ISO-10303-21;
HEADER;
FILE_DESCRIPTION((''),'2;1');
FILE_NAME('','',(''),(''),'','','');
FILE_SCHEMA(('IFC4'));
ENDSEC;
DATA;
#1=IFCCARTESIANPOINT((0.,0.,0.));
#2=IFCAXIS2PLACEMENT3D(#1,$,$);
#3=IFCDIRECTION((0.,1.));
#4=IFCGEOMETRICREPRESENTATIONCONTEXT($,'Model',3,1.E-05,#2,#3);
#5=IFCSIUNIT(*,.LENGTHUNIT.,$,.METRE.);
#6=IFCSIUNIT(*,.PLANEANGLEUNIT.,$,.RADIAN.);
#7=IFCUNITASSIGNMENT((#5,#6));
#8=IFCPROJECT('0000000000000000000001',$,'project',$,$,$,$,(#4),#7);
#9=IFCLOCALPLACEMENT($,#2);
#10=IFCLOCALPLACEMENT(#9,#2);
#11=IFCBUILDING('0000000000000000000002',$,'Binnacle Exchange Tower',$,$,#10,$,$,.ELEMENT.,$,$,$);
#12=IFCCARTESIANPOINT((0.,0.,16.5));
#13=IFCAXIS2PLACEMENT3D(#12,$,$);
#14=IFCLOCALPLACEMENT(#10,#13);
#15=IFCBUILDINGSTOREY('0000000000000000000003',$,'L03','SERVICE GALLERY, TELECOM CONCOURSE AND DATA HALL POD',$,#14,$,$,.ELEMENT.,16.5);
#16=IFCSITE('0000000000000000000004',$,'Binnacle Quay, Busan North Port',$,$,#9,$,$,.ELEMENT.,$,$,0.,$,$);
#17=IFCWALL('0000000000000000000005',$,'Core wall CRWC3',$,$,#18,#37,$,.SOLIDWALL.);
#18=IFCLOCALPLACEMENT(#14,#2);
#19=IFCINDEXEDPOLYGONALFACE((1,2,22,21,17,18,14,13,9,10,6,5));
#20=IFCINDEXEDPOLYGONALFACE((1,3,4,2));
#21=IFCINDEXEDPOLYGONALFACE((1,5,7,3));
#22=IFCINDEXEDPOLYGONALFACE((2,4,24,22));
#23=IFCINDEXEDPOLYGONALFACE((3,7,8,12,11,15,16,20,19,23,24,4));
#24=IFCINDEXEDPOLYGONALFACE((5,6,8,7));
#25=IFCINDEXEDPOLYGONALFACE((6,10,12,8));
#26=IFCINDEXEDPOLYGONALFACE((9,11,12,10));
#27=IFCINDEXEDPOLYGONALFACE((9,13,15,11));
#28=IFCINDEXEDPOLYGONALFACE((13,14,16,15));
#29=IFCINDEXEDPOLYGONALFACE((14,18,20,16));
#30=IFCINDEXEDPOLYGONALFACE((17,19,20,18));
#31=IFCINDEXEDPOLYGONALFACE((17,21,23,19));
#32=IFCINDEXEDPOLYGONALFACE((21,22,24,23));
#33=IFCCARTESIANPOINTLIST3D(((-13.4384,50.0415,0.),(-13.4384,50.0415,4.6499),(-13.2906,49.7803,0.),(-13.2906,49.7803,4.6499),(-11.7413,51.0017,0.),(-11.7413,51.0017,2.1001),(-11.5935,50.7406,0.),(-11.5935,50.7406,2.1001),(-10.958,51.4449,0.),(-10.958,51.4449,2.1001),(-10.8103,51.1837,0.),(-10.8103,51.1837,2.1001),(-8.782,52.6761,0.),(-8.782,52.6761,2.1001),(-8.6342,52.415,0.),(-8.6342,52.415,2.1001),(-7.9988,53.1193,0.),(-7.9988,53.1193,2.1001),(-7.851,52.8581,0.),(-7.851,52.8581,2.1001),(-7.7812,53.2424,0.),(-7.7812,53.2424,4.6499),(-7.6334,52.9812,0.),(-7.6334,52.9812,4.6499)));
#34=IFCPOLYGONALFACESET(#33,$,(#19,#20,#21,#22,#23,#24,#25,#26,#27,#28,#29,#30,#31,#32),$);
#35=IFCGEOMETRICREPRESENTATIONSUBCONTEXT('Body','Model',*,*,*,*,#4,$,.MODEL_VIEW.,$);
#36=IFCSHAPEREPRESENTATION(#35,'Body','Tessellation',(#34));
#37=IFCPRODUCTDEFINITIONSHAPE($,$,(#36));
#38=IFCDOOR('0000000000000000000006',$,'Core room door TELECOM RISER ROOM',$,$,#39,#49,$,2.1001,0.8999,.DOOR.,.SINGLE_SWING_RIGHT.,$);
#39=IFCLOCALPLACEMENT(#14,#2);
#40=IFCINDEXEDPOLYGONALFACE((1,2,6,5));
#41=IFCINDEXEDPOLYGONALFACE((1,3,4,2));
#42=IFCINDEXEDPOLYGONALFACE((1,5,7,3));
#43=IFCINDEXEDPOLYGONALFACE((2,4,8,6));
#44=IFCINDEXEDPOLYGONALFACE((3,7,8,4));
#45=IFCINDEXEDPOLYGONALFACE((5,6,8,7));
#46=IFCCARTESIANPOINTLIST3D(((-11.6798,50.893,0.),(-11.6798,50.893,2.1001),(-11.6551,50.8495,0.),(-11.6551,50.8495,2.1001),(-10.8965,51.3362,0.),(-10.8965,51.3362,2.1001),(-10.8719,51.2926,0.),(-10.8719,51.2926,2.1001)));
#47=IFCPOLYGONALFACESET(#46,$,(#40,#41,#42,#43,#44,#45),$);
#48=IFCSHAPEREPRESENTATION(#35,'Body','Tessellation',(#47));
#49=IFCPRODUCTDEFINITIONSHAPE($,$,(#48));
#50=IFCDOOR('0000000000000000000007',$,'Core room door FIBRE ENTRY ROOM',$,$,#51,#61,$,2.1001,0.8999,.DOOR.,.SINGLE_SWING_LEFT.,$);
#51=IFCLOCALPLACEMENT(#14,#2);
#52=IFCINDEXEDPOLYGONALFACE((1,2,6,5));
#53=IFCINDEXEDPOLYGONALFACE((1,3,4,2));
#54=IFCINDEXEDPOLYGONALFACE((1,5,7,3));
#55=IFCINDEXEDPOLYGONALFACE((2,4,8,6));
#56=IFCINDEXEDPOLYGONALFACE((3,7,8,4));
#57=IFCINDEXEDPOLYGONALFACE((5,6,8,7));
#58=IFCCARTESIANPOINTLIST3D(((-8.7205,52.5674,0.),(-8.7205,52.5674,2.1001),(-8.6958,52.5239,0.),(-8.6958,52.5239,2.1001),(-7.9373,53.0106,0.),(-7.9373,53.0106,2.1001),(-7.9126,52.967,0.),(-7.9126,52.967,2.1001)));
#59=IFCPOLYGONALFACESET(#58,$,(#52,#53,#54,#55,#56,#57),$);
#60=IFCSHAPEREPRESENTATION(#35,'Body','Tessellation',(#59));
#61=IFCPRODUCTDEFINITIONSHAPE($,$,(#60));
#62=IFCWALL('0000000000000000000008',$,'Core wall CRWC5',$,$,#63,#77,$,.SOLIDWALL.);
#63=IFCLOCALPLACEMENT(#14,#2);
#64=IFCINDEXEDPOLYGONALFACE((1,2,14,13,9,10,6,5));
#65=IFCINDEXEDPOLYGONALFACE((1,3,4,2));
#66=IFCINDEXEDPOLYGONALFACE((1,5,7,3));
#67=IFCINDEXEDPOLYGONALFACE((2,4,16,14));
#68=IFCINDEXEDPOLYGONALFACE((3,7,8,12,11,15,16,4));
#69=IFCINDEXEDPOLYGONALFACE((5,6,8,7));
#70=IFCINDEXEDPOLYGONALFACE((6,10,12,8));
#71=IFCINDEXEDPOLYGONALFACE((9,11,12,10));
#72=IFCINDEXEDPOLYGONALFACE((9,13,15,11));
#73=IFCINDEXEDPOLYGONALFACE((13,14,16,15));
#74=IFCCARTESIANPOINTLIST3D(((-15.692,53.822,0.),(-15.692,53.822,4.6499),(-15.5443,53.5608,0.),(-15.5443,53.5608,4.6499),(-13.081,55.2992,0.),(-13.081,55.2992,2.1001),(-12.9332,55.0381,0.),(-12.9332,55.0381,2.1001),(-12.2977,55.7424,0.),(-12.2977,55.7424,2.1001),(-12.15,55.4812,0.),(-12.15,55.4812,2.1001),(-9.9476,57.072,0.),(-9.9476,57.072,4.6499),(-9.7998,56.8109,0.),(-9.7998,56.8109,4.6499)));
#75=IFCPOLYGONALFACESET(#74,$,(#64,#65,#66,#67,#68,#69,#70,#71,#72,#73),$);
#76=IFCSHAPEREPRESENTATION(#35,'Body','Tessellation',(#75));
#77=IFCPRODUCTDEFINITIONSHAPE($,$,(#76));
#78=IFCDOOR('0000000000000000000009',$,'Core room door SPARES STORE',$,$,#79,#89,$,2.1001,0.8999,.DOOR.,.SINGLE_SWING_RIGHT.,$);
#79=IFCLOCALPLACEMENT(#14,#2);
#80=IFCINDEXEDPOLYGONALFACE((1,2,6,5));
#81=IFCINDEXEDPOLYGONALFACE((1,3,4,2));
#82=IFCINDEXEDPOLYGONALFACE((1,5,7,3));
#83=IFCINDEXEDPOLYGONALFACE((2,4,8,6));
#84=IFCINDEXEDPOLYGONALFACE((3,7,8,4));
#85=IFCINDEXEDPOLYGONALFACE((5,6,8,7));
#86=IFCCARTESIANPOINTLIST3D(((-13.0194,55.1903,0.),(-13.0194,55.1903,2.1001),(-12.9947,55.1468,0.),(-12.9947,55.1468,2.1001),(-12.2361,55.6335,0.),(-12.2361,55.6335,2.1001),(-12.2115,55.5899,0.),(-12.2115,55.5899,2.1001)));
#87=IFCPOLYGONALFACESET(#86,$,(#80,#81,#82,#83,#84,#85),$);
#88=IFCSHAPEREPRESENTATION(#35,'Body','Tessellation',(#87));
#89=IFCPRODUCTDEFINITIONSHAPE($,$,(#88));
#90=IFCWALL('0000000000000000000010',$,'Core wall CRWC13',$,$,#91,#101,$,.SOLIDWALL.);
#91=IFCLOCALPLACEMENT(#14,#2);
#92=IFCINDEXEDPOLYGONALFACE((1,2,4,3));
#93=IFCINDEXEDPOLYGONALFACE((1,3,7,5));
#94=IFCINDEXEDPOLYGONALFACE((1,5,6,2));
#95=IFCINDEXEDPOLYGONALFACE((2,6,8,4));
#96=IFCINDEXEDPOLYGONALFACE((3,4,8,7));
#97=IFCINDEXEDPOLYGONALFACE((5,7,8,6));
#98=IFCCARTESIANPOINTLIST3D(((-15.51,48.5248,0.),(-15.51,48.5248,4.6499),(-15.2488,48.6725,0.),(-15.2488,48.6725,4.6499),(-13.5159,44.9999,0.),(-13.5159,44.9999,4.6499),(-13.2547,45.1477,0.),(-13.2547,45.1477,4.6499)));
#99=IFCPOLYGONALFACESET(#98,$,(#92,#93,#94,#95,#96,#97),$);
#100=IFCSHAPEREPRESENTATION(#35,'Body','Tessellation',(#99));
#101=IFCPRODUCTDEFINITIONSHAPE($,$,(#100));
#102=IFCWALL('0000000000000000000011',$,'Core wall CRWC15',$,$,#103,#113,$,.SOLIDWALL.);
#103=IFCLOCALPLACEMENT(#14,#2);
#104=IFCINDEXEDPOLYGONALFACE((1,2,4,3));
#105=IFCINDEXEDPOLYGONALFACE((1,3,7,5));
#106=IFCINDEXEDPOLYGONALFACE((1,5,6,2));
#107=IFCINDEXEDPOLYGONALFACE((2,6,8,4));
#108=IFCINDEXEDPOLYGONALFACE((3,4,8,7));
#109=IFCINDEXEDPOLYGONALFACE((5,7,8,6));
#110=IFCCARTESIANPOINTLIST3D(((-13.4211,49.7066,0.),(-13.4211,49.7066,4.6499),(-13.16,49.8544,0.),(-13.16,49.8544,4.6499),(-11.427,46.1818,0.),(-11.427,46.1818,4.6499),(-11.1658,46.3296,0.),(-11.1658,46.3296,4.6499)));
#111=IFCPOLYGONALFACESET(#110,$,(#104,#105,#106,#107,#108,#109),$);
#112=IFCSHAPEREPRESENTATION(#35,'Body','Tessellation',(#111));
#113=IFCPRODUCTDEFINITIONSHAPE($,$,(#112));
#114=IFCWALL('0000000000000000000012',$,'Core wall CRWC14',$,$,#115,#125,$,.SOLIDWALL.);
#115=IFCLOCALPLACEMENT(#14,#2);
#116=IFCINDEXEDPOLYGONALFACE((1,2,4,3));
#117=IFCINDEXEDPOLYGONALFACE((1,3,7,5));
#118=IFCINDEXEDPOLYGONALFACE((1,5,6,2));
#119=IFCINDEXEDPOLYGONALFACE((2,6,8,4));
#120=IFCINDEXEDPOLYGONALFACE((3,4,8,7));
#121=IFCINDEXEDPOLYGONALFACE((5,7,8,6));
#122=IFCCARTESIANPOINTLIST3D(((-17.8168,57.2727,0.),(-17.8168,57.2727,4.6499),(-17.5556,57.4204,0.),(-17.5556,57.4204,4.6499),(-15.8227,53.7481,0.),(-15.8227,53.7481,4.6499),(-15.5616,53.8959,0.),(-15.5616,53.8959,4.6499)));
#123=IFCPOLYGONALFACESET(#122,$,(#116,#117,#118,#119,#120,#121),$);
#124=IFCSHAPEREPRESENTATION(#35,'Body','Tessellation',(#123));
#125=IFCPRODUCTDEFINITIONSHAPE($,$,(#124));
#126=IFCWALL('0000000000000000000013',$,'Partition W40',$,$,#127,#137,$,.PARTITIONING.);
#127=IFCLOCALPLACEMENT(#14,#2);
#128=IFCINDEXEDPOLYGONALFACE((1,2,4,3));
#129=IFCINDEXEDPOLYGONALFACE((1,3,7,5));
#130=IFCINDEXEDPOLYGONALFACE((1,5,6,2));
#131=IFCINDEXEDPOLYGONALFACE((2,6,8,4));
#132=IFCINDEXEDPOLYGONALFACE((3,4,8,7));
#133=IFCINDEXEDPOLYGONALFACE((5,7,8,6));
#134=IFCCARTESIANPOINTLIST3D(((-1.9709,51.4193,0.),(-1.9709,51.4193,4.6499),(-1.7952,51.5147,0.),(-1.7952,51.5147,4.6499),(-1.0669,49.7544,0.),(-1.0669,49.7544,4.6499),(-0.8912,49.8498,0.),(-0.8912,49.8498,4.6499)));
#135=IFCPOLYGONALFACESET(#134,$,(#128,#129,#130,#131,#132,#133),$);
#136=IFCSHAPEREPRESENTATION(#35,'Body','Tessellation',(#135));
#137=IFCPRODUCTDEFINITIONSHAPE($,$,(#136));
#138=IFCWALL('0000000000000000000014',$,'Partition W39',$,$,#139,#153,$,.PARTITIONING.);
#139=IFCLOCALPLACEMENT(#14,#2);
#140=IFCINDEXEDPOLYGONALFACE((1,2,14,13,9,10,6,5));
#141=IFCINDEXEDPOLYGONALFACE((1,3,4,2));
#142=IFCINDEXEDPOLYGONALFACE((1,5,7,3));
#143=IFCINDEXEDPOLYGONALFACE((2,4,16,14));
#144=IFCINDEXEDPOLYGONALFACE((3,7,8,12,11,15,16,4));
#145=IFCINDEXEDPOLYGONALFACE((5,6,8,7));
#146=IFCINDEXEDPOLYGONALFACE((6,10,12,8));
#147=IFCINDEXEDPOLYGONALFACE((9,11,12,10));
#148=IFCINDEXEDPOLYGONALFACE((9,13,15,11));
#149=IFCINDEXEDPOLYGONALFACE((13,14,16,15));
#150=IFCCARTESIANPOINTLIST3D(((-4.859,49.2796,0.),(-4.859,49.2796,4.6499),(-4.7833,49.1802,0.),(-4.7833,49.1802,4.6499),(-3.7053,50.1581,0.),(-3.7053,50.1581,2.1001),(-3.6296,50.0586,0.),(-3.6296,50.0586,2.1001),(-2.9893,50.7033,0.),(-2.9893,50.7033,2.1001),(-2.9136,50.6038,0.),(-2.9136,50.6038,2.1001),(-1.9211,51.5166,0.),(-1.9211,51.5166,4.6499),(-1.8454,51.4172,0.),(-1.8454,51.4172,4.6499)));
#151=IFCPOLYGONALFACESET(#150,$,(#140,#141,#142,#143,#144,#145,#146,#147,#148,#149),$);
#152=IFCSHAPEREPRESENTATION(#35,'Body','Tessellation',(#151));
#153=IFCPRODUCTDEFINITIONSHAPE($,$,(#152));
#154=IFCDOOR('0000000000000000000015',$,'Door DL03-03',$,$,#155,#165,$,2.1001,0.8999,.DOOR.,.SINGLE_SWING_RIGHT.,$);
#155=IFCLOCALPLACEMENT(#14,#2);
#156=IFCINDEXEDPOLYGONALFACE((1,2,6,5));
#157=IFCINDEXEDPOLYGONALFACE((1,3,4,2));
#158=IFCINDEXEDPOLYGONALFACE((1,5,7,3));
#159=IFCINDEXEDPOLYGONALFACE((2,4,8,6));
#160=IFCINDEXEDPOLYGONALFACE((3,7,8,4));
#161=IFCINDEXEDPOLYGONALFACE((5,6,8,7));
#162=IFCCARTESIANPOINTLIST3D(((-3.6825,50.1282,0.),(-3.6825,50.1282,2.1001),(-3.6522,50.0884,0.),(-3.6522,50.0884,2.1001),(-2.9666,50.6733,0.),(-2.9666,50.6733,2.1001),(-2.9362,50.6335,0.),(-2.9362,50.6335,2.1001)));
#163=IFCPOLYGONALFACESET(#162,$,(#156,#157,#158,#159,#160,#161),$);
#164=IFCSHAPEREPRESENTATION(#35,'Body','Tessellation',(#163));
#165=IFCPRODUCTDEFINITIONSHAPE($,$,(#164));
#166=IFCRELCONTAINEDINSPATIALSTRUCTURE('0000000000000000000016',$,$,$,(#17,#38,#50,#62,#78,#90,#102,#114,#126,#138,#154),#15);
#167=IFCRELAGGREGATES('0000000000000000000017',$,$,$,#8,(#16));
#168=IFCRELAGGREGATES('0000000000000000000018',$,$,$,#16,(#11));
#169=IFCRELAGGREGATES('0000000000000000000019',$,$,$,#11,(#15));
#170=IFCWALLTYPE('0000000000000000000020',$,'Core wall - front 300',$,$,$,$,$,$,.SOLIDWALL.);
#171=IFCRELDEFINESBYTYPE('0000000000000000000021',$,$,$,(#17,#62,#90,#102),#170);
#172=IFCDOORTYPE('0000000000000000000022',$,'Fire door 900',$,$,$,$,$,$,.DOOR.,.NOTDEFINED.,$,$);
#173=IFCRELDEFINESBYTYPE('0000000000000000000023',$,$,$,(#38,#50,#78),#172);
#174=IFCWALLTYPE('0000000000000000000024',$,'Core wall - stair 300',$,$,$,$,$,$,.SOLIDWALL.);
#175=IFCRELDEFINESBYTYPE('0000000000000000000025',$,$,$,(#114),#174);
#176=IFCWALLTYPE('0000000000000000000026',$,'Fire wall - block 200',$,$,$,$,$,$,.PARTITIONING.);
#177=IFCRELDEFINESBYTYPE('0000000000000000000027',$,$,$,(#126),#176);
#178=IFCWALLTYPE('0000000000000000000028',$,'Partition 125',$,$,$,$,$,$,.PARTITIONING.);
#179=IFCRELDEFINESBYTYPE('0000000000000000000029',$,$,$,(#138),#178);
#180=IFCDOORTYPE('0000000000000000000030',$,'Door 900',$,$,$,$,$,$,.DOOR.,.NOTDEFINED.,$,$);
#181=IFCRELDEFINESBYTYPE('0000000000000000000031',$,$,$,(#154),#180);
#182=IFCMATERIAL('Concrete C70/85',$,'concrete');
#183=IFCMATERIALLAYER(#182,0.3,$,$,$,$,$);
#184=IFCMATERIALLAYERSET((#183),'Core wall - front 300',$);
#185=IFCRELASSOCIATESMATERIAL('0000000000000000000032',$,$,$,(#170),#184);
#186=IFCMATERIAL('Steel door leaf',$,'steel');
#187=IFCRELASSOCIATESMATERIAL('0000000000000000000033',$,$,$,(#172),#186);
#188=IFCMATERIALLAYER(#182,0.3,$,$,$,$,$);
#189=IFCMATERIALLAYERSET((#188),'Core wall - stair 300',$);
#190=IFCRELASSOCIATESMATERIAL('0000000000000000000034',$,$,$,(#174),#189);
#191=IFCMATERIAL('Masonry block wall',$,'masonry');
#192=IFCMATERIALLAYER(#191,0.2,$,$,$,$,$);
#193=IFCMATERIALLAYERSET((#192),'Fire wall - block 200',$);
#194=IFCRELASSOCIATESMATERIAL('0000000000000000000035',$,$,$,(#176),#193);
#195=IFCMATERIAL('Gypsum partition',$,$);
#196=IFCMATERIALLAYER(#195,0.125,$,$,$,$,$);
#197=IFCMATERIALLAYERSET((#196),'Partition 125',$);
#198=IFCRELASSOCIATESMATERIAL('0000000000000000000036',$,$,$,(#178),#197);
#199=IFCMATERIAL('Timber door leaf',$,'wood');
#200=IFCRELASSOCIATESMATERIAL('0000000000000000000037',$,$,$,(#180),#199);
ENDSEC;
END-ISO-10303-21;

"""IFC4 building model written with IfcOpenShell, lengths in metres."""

from ifc_helpers import new_model, si_unit, direction, frame, frame_2d, origin, place, context, subcontext, project, spatial, rectangle, extrude, material, layer, layer_set, type_object, element, fill, save


model = new_model("IFC4")

# Units and contexts
model_context = context("Model", 3, precision=1e-05, world=origin(), true_north=direction((0.0, 1.0)))
body_context = subcontext(model_context, "Body", "Model", "MODEL_VIEW")
ifc_project = project(units=[si_unit("LENGTHUNIT", "METRE"), si_unit("PLANEANGLEUNIT", "RADIAN")], contexts=[model_context])

# Site, building, storey
site_placement = place(None, origin())
site = spatial("IfcSite", under=ifc_project, at=site_placement, Name="Binnacle Quay, Busan North Port", CompositionType="ELEMENT", RefElevation=0.0)
building_placement = place(site_placement, origin())
building = spatial("IfcBuilding", under=site, at=building_placement, Name="Binnacle Exchange Tower", CompositionType="ELEMENT")
storey_placement = place(building_placement, frame((0.0, 0.0, 16.5)))
storey = spatial("IfcBuildingStorey", under=building, at=storey_placement, Name="L03", Description="SERVICE GALLERY, TELECOM CONCOURSE AND DATA HALL POD", CompositionType="ELEMENT", Elevation=16.5)

# Shared definitions
ifc_material_1 = material(Name="Concrete C70/85", Category="concrete")

# Wall, openings, doors
ifc_layer_1 = layer(ifc_material_1, 0.3)
ifc_layer_set_1 = layer_set([ifc_layer_1], Name="Core wall - front 300")
wall_type_1 = type_object("IfcWallType", Name="Core wall - front 300", PredefinedType="SOLIDWALL", material=ifc_layer_set_1)
wall_1_placement = place(storey_placement, frame((-13.3645, 49.9109, 0.0), z_axis=(0.0, 0.0, 1.0), x_axis=(0.870341, 0.49245, 0.0)))
wall_1 = element("IfcWall", 1, at=wall_1_placement, inside=storey, type_object=wall_type_1, Name="Core wall CRWC3", PredefinedType="SOLIDWALL", context=body_context, shape_type="SweptSolid", body=[
    extrude(rectangle(XDim=6.5, YDim=0.3, at=frame_2d((3.25, 0.0))), origin(), (0.0, 0.0, 1.0), 4.6499),
])
opening_1_placement = place(wall_1_placement, frame((1.95, 0.0, 0.0)))
opening_1 = element("IfcOpeningElement", 2, at=opening_1_placement, cuts=wall_1, PredefinedType="OPENING", context=body_context, shape_type="SweptSolid", body=[
    extrude(rectangle(XDim=0.8999, YDim=2.1001, at=frame_2d((0.45, 1.05))), frame((0.0, 0.1599, 0.0), z_axis=(0.0, -1.0, 0.0), x_axis=(1.0, 0.0, 0.0)), (0.0, 0.0, 1.0), 0.3201),
])
opening_2_placement = place(wall_1_placement, frame((5.3501, 0.0, 0.0)))
opening_2 = element("IfcOpeningElement", 3, at=opening_2_placement, cuts=wall_1, PredefinedType="OPENING", context=body_context, shape_type="SweptSolid", body=[
    extrude(rectangle(XDim=0.8999, YDim=2.1001, at=frame_2d((0.45, 1.05))), frame((0.0, 0.1599, 0.0), z_axis=(0.0, -1.0, 0.0), x_axis=(1.0, 0.0, 0.0)), (0.0, 0.0, 1.0), 0.3201),
])
ifc_material_2 = material(Name="Steel door leaf", Category="steel")
door_type_1 = type_object("IfcDoorType", Name="Fire door 900", OperationType="NOTDEFINED", PredefinedType="DOOR", material=ifc_material_2)
door_1_placement = place(opening_1_placement, frame((0.8999, 0.0, 0.0), z_axis=(0.0, 0.0, 1.0), x_axis=(-1.0, 0.0, 0.0)))
door_1 = element("IfcDoor", 4, at=door_1_placement, inside=storey, type_object=door_type_1, Name="Core room door TELECOM RISER ROOM", OperationType="SINGLE_SWING_RIGHT", OverallHeight=2.1001, OverallWidth=0.8999, PredefinedType="DOOR", context=body_context, shape_type="SweptSolid", body=[
    extrude(rectangle(XDim=0.8999, YDim=2.1001, at=frame_2d((0.45, 1.05))), frame((0.0, 0.0249, 0.0), z_axis=(0.0, -1.0, 0.0), x_axis=(1.0, 0.0, 0.0)), (0.0, 0.0, 1.0), 0.05),
])
fill(opening_1, door_1)
door_2_placement = place(opening_2_placement, frame((0.8999, 0.0, 0.0), z_axis=(0.0, 0.0, 1.0), x_axis=(-1.0, 0.0, 0.0)))
door_2 = element("IfcDoor", 5, at=door_2_placement, inside=storey, type_object=door_type_1, Name="Core room door FIBRE ENTRY ROOM", OperationType="SINGLE_SWING_LEFT", OverallHeight=2.1001, OverallWidth=0.8999, PredefinedType="DOOR", context=body_context, shape_type="SweptSolid", body=[
    extrude(rectangle(XDim=0.8999, YDim=2.1001, at=frame_2d((0.45, 1.05))), frame((0.0, 0.0249, 0.0), z_axis=(0.0, -1.0, 0.0), x_axis=(1.0, 0.0, 0.0)), (0.0, 0.0, 1.0), 0.05),
])
fill(opening_2, door_2)

# Wall, opening, door
wall_2_placement = place(storey_placement, frame((-15.6182, 53.6914, 0.0), z_axis=(0.0, 0.0, 1.0), x_axis=(0.870357, 0.492422, 0.0)))
wall_2 = element("IfcWall", 6, at=wall_2_placement, inside=storey, type_object=wall_type_1, Name="Core wall CRWC5", PredefinedType="SOLIDWALL", context=body_context, shape_type="SweptSolid", body=[
    extrude(rectangle(XDim=6.6001, YDim=0.3, at=frame_2d((3.3, 0.0))), origin(), (0.0, 0.0, 1.0), 4.6499),
])
opening_3_placement = place(wall_2_placement, frame((3.0, 0.0, 0.0)))
opening_3 = element("IfcOpeningElement", 7, at=opening_3_placement, cuts=wall_2, PredefinedType="OPENING", context=body_context, shape_type="SweptSolid", body=[
    extrude(rectangle(XDim=0.8999, YDim=2.1001, at=frame_2d((0.45, 1.05))), frame((0.0, 0.1599, 0.0), z_axis=(0.0, -1.0, 0.0), x_axis=(1.0, 0.0, 0.0)), (0.0, 0.0, 1.0), 0.3201),
])
door_3_placement = place(opening_3_placement, origin())
door_3 = element("IfcDoor", 8, at=door_3_placement, inside=storey, type_object=door_type_1, Name="Core room door SPARES STORE", OperationType="SINGLE_SWING_RIGHT", OverallHeight=2.1001, OverallWidth=0.8999, PredefinedType="DOOR", context=body_context, shape_type="SweptSolid", body=[
    extrude(rectangle(XDim=0.8999, YDim=2.1001, at=frame_2d((0.45, 1.05))), frame((0.0, 0.0249, 0.0), z_axis=(0.0, -1.0, 0.0), x_axis=(1.0, 0.0, 0.0)), (0.0, 0.0, 1.0), 0.05),
])
fill(opening_3, door_3)

# Walls
for number, where, z_axis, x_axis, name in (
    (9, (-15.3794, 48.5986, 0.0), (0.0, 0.0, 1.0), (0.492395, -0.870372, 0.0), "Core wall CRWC13"),
    (10, (-13.2905, 49.7805, 0.0), (0.0, 0.0, 1.0), (0.492395, -0.870372, 0.0), "Core wall CRWC15"),
):
    element("IfcWall", number, at=place(storey_placement, frame(where, z_axis=z_axis, x_axis=x_axis)), inside=storey, type_object=wall_type_1, Name=name, PredefinedType="SOLIDWALL", context=body_context, shape_type="SweptSolid", body=[
        extrude(rectangle(XDim=4.0498, YDim=0.3, at=frame_2d((2.0249, 0.0))), origin(), (0.0, 0.0, 1.0), 4.6499),
    ])
ifc_layer_2 = layer(ifc_material_1, 0.3)
ifc_layer_set_2 = layer_set([ifc_layer_2], Name="Core wall - stair 300")
wall_type_2 = type_object("IfcWallType", Name="Core wall - stair 300", PredefinedType="SOLIDWALL", material=ifc_layer_set_2)
wall_3_placement = place(storey_placement, frame((-17.6863, 57.3467, 0.0), z_axis=(0.0, 0.0, 1.0), x_axis=(0.492421, -0.870357, 0.0)))
element("IfcWall", 11, at=wall_3_placement, inside=storey, type_object=wall_type_2, Name="Core wall CRWC14", PredefinedType="SOLIDWALL", context=body_context, shape_type="SweptSolid", body=[
    extrude(rectangle(XDim=4.0496, YDim=0.3, at=frame_2d((2.0249, 0.0))), origin(), (0.0, 0.0, 1.0), 4.6499),
])
ifc_material_3 = material(Name="Masonry block wall", Category="masonry")
ifc_layer_3 = layer(ifc_material_3, 0.2)
ifc_layer_set_3 = layer_set([ifc_layer_3], Name="Fire wall - block 200")
wall_type_3 = type_object("IfcWallType", Name="Fire wall - block 200", PredefinedType="PARTITIONING", material=ifc_layer_set_3)
wall_4_placement = place(storey_placement, frame((-1.8831, 51.467, 0.0), z_axis=(0.0, 0.0, 1.0), x_axis=(0.477163, -0.878815, 0.0)))
element("IfcWall", 12, at=wall_4_placement, inside=storey, type_object=wall_type_3, Name="Partition W40", PredefinedType="PARTITIONING", context=body_context, shape_type="SweptSolid", body=[
    extrude(rectangle(XDim=1.8945, YDim=0.2, at=frame_2d((0.9473, 0.0))), origin(), (0.0, 0.0, 1.0), 4.6499),
])

# Wall, opening, door
ifc_material_4 = material(Name="Gypsum partition")
ifc_layer_4 = layer(ifc_material_4, 0.125)
ifc_layer_set_4 = layer_set([ifc_layer_4], Name="Partition 125")
wall_type_4 = type_object("IfcWallType", Name="Partition 125", PredefinedType="PARTITIONING", material=ifc_layer_set_4)
wall_5_placement = place(storey_placement, frame((-4.821, 49.23, 0.0), z_axis=(0.0, 0.0, 1.0), x_axis=(0.795615, 0.605802, 0.0)))
wall_5 = element("IfcWall", 13, at=wall_5_placement, inside=storey, type_object=wall_type_4, Name="Partition W39", PredefinedType="PARTITIONING", context=body_context, shape_type="SweptSolid", body=[
    extrude(rectangle(XDim=3.6926, YDim=0.125, at=frame_2d((1.8462, 0.0))), origin(), (0.0, 0.0, 1.0), 4.6499),
])
opening_4_placement = place(wall_5_placement, frame((1.45, 0.0, 0.0)))
opening_4 = element("IfcOpeningElement", 14, at=opening_4_placement, cuts=wall_5, PredefinedType="OPENING", context=body_context, shape_type="SweptSolid", body=[
    extrude(rectangle(XDim=0.8999, YDim=2.1001, at=frame_2d((0.45, 1.05))), frame((0.0, 0.0725, 0.0), z_axis=(0.0, -1.0, 0.0), x_axis=(1.0, 0.0, 0.0)), (0.0, 0.0, 1.0), 0.145),
])
ifc_material_5 = material(Name="Timber door leaf", Category="wood")
door_type_2 = type_object("IfcDoorType", Name="Door 900", OperationType="NOTDEFINED", PredefinedType="DOOR", material=ifc_material_5)
door_4_placement = place(opening_4_placement, origin())
door_4 = element("IfcDoor", 15, at=door_4_placement, inside=storey, type_object=door_type_2, Name="Door DL03-03", OperationType="SINGLE_SWING_RIGHT", OverallHeight=2.1001, OverallWidth=0.8999, PredefinedType="DOOR", context=body_context, shape_type="SweptSolid", body=[
    extrude(rectangle(XDim=0.8999, YDim=2.1001, at=frame_2d((0.45, 1.05))), frame((0.0, 0.0249, 0.0), z_axis=(0.0, -1.0, 0.0), x_axis=(1.0, 0.0, 0.0)), (0.0, 0.0, 1.0), 0.05),
])
fill(opening_4, door_4)

save(model, "model.ifc")
